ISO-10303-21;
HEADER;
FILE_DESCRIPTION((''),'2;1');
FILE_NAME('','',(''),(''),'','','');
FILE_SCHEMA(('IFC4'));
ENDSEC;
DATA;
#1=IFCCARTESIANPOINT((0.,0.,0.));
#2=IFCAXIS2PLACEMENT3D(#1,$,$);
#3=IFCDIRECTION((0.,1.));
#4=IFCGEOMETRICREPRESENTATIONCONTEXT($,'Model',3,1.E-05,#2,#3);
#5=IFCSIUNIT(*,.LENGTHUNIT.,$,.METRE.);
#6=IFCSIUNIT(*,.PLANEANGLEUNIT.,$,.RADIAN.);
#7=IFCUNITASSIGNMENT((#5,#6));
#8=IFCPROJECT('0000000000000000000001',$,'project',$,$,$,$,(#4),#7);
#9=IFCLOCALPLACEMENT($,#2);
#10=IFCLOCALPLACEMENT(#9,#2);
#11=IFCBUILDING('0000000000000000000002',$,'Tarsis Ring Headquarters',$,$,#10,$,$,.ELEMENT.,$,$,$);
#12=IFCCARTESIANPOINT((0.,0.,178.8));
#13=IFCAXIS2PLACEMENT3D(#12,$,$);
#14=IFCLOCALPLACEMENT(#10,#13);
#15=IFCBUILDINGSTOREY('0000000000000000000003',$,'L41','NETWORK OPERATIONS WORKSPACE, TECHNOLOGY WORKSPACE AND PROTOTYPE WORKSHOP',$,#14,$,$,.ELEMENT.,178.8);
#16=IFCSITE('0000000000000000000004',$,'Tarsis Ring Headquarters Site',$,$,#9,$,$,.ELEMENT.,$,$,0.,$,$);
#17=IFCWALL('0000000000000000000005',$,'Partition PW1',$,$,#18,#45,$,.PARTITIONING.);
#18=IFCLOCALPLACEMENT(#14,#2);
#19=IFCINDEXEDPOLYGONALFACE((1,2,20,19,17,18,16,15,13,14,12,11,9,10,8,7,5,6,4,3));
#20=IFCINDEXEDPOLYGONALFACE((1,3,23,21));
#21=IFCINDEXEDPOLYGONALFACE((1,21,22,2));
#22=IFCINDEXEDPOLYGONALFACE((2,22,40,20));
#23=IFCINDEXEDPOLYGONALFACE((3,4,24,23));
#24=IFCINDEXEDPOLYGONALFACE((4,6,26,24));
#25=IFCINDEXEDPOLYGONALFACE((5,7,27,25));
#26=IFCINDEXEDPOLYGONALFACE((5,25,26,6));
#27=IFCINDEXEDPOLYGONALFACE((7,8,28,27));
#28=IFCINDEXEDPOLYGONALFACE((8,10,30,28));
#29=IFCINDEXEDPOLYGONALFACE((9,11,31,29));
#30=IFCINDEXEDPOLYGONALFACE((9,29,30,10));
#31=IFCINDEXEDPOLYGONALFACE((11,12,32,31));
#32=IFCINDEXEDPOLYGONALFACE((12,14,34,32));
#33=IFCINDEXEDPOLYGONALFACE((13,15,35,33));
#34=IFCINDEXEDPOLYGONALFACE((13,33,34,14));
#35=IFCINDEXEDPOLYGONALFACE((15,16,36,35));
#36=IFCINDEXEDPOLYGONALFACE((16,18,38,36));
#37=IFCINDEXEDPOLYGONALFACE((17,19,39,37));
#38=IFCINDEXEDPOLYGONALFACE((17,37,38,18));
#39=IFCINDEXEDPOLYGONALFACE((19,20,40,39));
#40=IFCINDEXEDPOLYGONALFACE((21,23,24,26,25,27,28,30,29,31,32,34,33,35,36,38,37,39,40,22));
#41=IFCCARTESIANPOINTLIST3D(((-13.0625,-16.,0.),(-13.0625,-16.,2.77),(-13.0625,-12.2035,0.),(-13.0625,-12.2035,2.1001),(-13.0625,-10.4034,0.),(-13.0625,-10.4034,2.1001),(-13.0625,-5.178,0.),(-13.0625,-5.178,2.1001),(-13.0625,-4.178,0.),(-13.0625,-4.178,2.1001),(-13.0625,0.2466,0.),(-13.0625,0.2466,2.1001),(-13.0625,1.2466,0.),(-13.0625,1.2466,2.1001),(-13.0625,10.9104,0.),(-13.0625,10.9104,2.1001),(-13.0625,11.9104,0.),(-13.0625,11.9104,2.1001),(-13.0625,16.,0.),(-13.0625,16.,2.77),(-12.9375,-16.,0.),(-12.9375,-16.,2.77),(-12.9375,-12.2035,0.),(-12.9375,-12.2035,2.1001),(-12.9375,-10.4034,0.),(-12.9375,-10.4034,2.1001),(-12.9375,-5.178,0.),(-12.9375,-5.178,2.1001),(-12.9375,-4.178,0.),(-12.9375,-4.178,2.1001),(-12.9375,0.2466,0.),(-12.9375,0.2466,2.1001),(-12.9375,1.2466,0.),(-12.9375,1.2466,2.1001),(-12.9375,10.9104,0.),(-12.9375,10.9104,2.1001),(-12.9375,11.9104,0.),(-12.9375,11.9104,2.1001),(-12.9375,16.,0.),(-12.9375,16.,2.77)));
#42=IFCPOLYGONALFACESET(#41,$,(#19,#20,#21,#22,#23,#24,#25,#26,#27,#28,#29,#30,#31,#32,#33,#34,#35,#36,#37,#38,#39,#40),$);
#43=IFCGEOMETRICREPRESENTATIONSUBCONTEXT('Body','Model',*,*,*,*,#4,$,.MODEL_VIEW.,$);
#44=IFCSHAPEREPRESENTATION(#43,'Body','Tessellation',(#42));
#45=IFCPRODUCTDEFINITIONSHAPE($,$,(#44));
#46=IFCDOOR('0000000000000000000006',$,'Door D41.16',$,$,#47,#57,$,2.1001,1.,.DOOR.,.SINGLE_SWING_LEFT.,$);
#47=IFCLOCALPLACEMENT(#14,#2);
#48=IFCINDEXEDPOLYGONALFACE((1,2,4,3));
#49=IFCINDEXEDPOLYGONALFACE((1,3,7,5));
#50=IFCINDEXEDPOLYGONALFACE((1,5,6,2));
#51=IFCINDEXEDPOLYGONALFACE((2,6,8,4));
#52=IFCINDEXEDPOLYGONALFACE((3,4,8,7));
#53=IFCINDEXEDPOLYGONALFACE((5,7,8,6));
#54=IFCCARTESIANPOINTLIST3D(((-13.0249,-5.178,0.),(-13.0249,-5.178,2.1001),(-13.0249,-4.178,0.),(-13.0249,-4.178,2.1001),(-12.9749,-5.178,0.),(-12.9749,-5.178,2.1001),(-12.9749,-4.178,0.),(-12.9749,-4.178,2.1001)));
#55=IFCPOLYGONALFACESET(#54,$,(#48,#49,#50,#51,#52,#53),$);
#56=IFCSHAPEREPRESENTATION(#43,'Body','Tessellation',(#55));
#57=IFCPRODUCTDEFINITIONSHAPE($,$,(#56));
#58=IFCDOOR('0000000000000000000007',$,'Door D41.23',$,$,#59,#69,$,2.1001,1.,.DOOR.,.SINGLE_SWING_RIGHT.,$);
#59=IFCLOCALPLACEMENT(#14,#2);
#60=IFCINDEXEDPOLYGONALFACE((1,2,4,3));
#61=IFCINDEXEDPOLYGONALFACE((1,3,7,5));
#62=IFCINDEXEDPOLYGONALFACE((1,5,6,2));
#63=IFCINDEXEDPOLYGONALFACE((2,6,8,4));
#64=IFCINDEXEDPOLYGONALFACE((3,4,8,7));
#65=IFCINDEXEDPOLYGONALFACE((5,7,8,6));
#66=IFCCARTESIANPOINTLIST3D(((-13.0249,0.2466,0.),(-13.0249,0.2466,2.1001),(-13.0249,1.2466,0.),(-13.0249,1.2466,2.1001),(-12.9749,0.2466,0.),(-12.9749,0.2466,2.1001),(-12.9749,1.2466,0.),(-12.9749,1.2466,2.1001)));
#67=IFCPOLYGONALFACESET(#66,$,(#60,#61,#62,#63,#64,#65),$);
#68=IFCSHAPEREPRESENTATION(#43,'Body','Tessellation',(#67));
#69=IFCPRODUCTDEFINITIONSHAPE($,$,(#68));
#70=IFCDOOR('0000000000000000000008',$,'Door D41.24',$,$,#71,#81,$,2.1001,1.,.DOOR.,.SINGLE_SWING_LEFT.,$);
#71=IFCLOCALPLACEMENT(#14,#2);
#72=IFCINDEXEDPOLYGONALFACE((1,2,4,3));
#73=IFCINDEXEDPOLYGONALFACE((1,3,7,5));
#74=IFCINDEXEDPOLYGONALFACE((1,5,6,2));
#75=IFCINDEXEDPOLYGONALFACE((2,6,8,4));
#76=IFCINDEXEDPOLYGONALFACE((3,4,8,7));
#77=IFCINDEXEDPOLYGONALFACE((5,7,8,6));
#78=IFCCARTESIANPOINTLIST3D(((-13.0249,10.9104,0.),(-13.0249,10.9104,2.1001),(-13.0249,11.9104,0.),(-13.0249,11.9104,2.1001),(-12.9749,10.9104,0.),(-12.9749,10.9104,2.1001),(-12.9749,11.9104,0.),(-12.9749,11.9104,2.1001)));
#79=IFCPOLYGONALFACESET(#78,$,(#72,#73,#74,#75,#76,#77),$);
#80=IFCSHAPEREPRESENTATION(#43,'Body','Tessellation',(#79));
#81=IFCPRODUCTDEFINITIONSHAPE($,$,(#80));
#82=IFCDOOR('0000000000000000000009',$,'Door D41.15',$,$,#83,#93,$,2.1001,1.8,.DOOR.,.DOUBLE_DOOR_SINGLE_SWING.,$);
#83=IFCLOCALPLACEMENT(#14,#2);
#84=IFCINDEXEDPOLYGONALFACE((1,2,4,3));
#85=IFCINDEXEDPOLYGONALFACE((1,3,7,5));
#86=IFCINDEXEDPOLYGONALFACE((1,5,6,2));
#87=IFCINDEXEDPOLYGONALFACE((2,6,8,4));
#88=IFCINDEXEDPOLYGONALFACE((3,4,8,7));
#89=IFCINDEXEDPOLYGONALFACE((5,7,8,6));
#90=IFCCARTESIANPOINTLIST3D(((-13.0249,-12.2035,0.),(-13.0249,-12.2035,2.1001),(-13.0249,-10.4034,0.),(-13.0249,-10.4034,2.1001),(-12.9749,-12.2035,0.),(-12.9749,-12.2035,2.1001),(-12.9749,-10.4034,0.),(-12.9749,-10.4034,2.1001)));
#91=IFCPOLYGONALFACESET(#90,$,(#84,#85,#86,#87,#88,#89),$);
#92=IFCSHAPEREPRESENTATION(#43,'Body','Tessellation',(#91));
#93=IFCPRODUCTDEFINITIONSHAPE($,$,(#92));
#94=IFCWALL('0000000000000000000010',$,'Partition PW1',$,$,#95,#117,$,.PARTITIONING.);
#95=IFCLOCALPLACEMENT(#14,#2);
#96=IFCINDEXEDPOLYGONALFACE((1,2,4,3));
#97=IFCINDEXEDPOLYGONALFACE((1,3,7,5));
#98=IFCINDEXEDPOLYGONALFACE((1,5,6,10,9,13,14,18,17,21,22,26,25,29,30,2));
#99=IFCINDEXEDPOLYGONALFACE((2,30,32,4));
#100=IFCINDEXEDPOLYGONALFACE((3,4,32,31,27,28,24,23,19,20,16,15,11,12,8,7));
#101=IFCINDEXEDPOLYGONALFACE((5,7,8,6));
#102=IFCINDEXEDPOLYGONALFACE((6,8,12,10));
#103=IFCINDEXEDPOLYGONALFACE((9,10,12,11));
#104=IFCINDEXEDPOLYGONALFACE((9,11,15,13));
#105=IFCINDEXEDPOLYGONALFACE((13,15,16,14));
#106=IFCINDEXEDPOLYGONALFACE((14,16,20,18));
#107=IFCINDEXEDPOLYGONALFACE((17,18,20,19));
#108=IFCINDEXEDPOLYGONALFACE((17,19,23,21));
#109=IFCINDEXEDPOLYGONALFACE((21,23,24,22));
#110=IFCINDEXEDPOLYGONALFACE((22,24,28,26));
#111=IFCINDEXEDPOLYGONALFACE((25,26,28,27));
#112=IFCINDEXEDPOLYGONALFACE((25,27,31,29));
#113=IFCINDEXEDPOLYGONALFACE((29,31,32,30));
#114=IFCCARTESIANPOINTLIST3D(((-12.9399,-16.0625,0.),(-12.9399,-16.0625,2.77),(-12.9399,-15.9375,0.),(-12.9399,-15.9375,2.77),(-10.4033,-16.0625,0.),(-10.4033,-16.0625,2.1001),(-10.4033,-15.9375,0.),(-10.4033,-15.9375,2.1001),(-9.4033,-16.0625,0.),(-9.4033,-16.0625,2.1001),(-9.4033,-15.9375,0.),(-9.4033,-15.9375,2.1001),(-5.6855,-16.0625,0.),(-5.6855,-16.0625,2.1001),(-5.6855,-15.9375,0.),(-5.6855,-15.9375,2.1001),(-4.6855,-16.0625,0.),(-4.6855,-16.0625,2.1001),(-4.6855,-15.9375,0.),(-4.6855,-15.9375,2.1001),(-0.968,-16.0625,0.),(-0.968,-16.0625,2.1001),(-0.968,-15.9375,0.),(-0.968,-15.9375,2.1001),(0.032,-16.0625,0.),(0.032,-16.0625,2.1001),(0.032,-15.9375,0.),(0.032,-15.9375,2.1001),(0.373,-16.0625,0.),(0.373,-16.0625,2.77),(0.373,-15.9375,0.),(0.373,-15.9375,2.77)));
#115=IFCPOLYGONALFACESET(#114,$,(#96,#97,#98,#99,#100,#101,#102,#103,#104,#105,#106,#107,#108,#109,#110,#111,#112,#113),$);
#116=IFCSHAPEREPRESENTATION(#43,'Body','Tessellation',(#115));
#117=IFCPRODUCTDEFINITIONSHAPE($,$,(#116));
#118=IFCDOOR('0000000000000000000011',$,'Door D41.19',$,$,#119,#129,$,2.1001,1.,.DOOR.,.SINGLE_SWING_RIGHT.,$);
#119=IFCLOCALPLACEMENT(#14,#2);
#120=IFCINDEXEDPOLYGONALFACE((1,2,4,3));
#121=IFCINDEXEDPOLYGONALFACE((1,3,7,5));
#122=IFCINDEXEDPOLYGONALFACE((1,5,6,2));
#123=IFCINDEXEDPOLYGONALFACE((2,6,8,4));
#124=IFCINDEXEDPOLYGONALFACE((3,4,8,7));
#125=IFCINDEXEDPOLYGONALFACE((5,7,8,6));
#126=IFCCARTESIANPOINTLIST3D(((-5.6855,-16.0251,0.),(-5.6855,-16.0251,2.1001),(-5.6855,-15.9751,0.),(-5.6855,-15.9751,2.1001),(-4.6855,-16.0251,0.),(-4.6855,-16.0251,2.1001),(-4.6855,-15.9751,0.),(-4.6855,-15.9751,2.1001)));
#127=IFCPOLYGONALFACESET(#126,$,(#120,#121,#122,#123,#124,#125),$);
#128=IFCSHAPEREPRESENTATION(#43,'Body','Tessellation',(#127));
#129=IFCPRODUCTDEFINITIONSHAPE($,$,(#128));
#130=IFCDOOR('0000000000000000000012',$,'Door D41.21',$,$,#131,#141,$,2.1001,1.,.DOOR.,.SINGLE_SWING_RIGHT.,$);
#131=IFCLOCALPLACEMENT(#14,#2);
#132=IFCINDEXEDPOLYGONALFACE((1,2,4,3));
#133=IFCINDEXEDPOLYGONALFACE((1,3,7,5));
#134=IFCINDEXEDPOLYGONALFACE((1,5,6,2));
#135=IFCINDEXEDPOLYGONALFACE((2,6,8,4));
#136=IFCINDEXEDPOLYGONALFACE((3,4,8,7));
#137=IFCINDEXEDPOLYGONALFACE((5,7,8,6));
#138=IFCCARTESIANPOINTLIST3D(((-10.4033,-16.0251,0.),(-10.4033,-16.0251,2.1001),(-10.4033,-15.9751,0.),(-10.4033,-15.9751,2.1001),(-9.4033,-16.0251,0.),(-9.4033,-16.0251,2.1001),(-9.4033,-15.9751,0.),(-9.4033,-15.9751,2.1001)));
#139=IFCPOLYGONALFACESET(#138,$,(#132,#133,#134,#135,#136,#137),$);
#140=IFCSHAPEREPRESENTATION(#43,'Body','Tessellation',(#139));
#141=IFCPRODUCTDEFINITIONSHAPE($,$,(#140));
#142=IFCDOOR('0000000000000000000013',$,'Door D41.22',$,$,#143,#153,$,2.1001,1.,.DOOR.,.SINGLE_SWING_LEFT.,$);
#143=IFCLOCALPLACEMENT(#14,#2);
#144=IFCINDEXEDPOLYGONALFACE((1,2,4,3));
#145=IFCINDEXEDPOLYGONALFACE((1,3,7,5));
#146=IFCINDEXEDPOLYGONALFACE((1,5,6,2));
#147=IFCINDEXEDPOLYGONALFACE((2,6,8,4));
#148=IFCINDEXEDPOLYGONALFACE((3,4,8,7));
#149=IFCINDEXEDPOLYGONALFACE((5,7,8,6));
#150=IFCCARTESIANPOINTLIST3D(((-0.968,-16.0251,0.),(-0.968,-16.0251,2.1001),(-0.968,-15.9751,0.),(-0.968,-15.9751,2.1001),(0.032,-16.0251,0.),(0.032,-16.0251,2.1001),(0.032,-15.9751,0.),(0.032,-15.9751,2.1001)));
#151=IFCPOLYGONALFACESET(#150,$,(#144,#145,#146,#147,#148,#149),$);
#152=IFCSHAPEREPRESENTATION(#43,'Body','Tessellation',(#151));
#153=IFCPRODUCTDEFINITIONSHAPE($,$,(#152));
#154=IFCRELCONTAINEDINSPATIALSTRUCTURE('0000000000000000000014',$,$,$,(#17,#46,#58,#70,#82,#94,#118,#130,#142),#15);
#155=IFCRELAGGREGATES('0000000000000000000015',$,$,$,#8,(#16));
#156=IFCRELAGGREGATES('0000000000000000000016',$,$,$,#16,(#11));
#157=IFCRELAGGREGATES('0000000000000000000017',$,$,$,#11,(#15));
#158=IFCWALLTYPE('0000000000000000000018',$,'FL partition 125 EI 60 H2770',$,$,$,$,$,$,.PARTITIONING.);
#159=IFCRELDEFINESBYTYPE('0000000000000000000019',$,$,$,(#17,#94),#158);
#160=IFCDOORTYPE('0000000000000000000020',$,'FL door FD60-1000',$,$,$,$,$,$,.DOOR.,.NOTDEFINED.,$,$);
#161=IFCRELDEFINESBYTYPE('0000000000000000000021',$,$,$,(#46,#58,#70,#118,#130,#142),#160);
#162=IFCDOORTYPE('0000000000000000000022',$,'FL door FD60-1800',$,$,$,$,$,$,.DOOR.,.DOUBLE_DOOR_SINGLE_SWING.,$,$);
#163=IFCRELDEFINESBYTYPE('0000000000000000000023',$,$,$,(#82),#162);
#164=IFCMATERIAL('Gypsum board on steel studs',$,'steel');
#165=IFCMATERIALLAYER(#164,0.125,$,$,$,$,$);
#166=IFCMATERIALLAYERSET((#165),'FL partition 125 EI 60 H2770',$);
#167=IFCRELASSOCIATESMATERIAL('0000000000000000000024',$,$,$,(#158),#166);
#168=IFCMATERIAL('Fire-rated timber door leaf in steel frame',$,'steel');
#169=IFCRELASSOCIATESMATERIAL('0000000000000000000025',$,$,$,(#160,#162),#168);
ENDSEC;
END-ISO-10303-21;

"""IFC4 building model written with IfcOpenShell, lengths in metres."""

from ifc_helpers import new_model, si_unit, direction, frame, frame_2d, origin, place, context, subcontext, project, spatial, rectangle, extrude, material, layer, layer_set, type_object, element, fill, save


model = new_model("IFC4")

# Units and contexts
model_context = context("Model", 3, precision=1e-05, world=origin(), true_north=direction((0.0, 1.0)))
body_context = subcontext(model_context, "Body", "Model", "MODEL_VIEW")
ifc_project = project(units=[si_unit("LENGTHUNIT", "METRE"), si_unit("PLANEANGLEUNIT", "RADIAN")], contexts=[model_context])

# Site, building, storey
site_placement = place(None, origin())
site = spatial("IfcSite", under=ifc_project, at=site_placement, Name="Tarsis Ring Headquarters Site", CompositionType="ELEMENT", RefElevation=0.0)
building_placement = place(site_placement, origin())
building = spatial("IfcBuilding", under=site, at=building_placement, Name="Tarsis Ring Headquarters", CompositionType="ELEMENT")
storey_placement = place(building_placement, frame((0.0, 0.0, 178.8)))
storey = spatial("IfcBuildingStorey", under=building, at=storey_placement, Name="L41", Description="NETWORK OPERATIONS WORKSPACE, TECHNOLOGY WORKSPACE AND PROTOTYPE WORKSHOP", CompositionType="ELEMENT", Elevation=178.8)

# Walls, openings, doors
ifc_material_1 = material(Name="Gypsum board on steel studs", Category="steel")
ifc_layer_1 = layer(ifc_material_1, 0.125)
ifc_layer_set_1 = layer_set([ifc_layer_1], Name="FL partition 125 EI 60 H2770")
wall_type_1 = type_object("IfcWallType", Name="FL partition 125 EI 60 H2770", PredefinedType="PARTITIONING", material=ifc_layer_set_1)
wall_1_placement = place(storey_placement, frame((-13.0, -16.0, 0.0), z_axis=(0.0, 0.0, 1.0), x_axis=(0.0, 1.0, 0.0)))
wall_1 = element("IfcWall", 1, at=wall_1_placement, inside=storey, type_object=wall_type_1, Name="Partition PW1", PredefinedType="PARTITIONING", context=body_context, shape_type="SweptSolid", body=[
    extrude(rectangle(XDim=32.0, YDim=0.125, at=frame_2d((16.0, 0.0))), origin(), (0.0, 0.0, 1.0), 2.77),
])
opening_1_placement = place(wall_1_placement, frame((3.7966, 0.0, 0.0)))
opening_1 = element("IfcOpeningElement", 2, at=opening_1_placement, cuts=wall_1, PredefinedType="OPENING", context=body_context, shape_type="SweptSolid", body=[
    extrude(rectangle(XDim=1.8, YDim=2.1001, at=frame_2d((0.8999, 1.05))), frame((0.0, 0.0725, 0.0), z_axis=(0.0, -1.0, 0.0), x_axis=(1.0, 0.0, 0.0)), (0.0, 0.0, 1.0), 0.145),
])
opening_2_placement = place(wall_1_placement, frame((10.822, 0.0, 0.0)))
opening_2 = element("IfcOpeningElement", 3, at=opening_2_placement, cuts=wall_1, PredefinedType="OPENING", context=body_context, shape_type="SweptSolid", body=[
    extrude(rectangle(XDim=1.0, YDim=2.1001, at=frame_2d((0.5, 1.05))), frame((0.0, 0.0725, 0.0), z_axis=(0.0, -1.0, 0.0), x_axis=(1.0, 0.0, 0.0)), (0.0, 0.0, 1.0), 0.145),
])
opening_3_placement = place(wall_1_placement, frame((16.2466, 0.0, 0.0)))
opening_3 = element("IfcOpeningElement", 4, at=opening_3_placement, cuts=wall_1, PredefinedType="OPENING", context=body_context, shape_type="SweptSolid", body=[
    extrude(rectangle(XDim=1.0, YDim=2.1001, at=frame_2d((0.5, 1.05))), frame((0.0, 0.0725, 0.0), z_axis=(0.0, -1.0, 0.0), x_axis=(1.0, 0.0, 0.0)), (0.0, 0.0, 1.0), 0.145),
])
opening_4_placement = place(wall_1_placement, frame((26.9104, 0.0, 0.0)))
opening_4 = element("IfcOpeningElement", 5, at=opening_4_placement, cuts=wall_1, PredefinedType="OPENING", context=body_context, shape_type="SweptSolid", body=[
    extrude(rectangle(XDim=1.0, YDim=2.1001, at=frame_2d((0.5, 1.05))), frame((0.0, 0.0725, 0.0), z_axis=(0.0, -1.0, 0.0), x_axis=(1.0, 0.0, 0.0)), (0.0, 0.0, 1.0), 0.145),
])
ifc_material_2 = material(Name="Fire-rated timber door leaf in steel frame", Category="steel")
door_type_1 = type_object("IfcDoorType", Name="FL door FD60-1000", OperationType="NOTDEFINED", PredefinedType="DOOR", material=ifc_material_2)
door_1_placement = place(opening_2_placement, origin())
door_1 = element("IfcDoor", 6, at=door_1_placement, inside=storey, type_object=door_type_1, Name="Door D41.16", OperationType="SINGLE_SWING_LEFT", OverallHeight=2.1001, OverallWidth=1.0, PredefinedType="DOOR", context=body_context, shape_type="SweptSolid", body=[
    extrude(rectangle(XDim=1.0, YDim=2.1001, at=frame_2d((0.5, 1.05))), frame((0.0, 0.0249, 0.0), z_axis=(0.0, -1.0, 0.0), x_axis=(1.0, 0.0, 0.0)), (0.0, 0.0, 1.0), 0.05),
])
fill(opening_2, door_1)
door_2_placement = place(opening_3_placement, origin())
door_2 = element("IfcDoor", 7, at=door_2_placement, inside=storey, type_object=door_type_1, Name="Door D41.23", OperationType="SINGLE_SWING_RIGHT", OverallHeight=2.1001, OverallWidth=1.0, PredefinedType="DOOR", context=body_context, shape_type="SweptSolid", body=[
    extrude(rectangle(XDim=1.0, YDim=2.1001, at=frame_2d((0.5, 1.05))), frame((0.0, 0.0249, 0.0), z_axis=(0.0, -1.0, 0.0), x_axis=(1.0, 0.0, 0.0)), (0.0, 0.0, 1.0), 0.05),
])
fill(opening_3, door_2)
door_3_placement = place(opening_4_placement, origin())
door_3 = element("IfcDoor", 8, at=door_3_placement, inside=storey, type_object=door_type_1, Name="Door D41.24", OperationType="SINGLE_SWING_LEFT", OverallHeight=2.1001, OverallWidth=1.0, PredefinedType="DOOR", context=body_context, shape_type="SweptSolid", body=[
    extrude(rectangle(XDim=1.0, YDim=2.1001, at=frame_2d((0.5, 1.05))), frame((0.0, 0.0249, 0.0), z_axis=(0.0, -1.0, 0.0), x_axis=(1.0, 0.0, 0.0)), (0.0, 0.0, 1.0), 0.05),
])
fill(opening_4, door_3)
door_type_2 = type_object("IfcDoorType", Name="FL door FD60-1800", OperationType="DOUBLE_DOOR_SINGLE_SWING", PredefinedType="DOOR", material=ifc_material_2)
door_4_placement = place(opening_1_placement, origin())
door_4 = element("IfcDoor", 9, at=door_4_placement, inside=storey, type_object=door_type_2, Name="Door D41.15", OperationType="DOUBLE_DOOR_SINGLE_SWING", OverallHeight=2.1001, OverallWidth=1.8, PredefinedType="DOOR", context=body_context, shape_type="SweptSolid", body=[
    extrude(rectangle(XDim=1.8, YDim=2.1001, at=frame_2d((0.8999, 1.05))), frame((0.0, 0.0249, 0.0), z_axis=(0.0, -1.0, 0.0), x_axis=(1.0, 0.0, 0.0)), (0.0, 0.0, 1.0), 0.05),
])
fill(opening_1, door_4)
wall_2_placement = place(storey_placement, frame((-12.9399, -16.0, 0.0), z_axis=(0.0, 0.0, 1.0), x_axis=(1.0, 0.0, 0.0)))
wall_2 = element("IfcWall", 10, at=wall_2_placement, inside=storey, type_object=wall_type_1, Name="Partition PW1", PredefinedType="PARTITIONING", context=body_context, shape_type="SweptSolid", body=[
    extrude(rectangle(XDim=13.313, YDim=0.125, at=frame_2d((6.6565, 0.0))), origin(), (0.0, 0.0, 1.0), 2.77),
])
opening_5_placement = place(wall_2_placement, frame((7.2544, 0.0, 0.0)))
opening_5 = element("IfcOpeningElement", 11, at=opening_5_placement, cuts=wall_2, PredefinedType="OPENING", context=body_context, shape_type="SweptSolid", body=[
    extrude(rectangle(XDim=1.0, YDim=2.1001, at=frame_2d((0.5, 1.05))), frame((0.0, 0.0725, 0.0), z_axis=(0.0, -1.0, 0.0), x_axis=(1.0, 0.0, 0.0)), (0.0, 0.0, 1.0), 0.145),
])
opening_6_placement = place(wall_2_placement, frame((2.5366, 0.0, 0.0)))
opening_6 = element("IfcOpeningElement", 12, at=opening_6_placement, cuts=wall_2, PredefinedType="OPENING", context=body_context, shape_type="SweptSolid", body=[
    extrude(rectangle(XDim=1.0, YDim=2.1001, at=frame_2d((0.5, 1.05))), frame((0.0, 0.0725, 0.0), z_axis=(0.0, -1.0, 0.0), x_axis=(1.0, 0.0, 0.0)), (0.0, 0.0, 1.0), 0.145),
])
opening_7_placement = place(wall_2_placement, frame((11.9719, 0.0, 0.0)))
opening_7 = element("IfcOpeningElement", 13, at=opening_7_placement, cuts=wall_2, PredefinedType="OPENING", context=body_context, shape_type="SweptSolid", body=[
    extrude(rectangle(XDim=1.0, YDim=2.1001, at=frame_2d((0.5, 1.05))), frame((0.0, 0.0725, 0.0), z_axis=(0.0, -1.0, 0.0), x_axis=(1.0, 0.0, 0.0)), (0.0, 0.0, 1.0), 0.145),
])
door_5_placement = place(opening_5_placement, origin())
door_5 = element("IfcDoor", 14, at=door_5_placement, inside=storey, type_object=door_type_1, Name="Door D41.19", OperationType="SINGLE_SWING_RIGHT", OverallHeight=2.1001, OverallWidth=1.0, PredefinedType="DOOR", context=body_context, shape_type="SweptSolid", body=[
    extrude(rectangle(XDim=1.0, YDim=2.1001, at=frame_2d((0.5, 1.05))), frame((0.0, 0.0249, 0.0), z_axis=(0.0, -1.0, 0.0), x_axis=(1.0, 0.0, 0.0)), (0.0, 0.0, 1.0), 0.05),
])
fill(opening_5, door_5)
door_6_placement = place(opening_6_placement, origin())
door_6 = element("IfcDoor", 15, at=door_6_placement, inside=storey, type_object=door_type_1, Name="Door D41.21", OperationType="SINGLE_SWING_RIGHT", OverallHeight=2.1001, OverallWidth=1.0, PredefinedType="DOOR", context=body_context, shape_type="SweptSolid", body=[
    extrude(rectangle(XDim=1.0, YDim=2.1001, at=frame_2d((0.5, 1.05))), frame((0.0, 0.0249, 0.0), z_axis=(0.0, -1.0, 0.0), x_axis=(1.0, 0.0, 0.0)), (0.0, 0.0, 1.0), 0.05),
])
fill(opening_6, door_6)
door_7_placement = place(opening_7_placement, origin())
door_7 = element("IfcDoor", 16, at=door_7_placement, inside=storey, type_object=door_type_1, Name="Door D41.22", OperationType="SINGLE_SWING_LEFT", OverallHeight=2.1001, OverallWidth=1.0, PredefinedType="DOOR", context=body_context, shape_type="SweptSolid", body=[
    extrude(rectangle(XDim=1.0, YDim=2.1001, at=frame_2d((0.5, 1.05))), frame((0.0, 0.0249, 0.0), z_axis=(0.0, -1.0, 0.0), x_axis=(1.0, 0.0, 0.0)), (0.0, 0.0, 1.0), 0.05),
])
fill(opening_7, door_7)

save(model, "model.ifc")
